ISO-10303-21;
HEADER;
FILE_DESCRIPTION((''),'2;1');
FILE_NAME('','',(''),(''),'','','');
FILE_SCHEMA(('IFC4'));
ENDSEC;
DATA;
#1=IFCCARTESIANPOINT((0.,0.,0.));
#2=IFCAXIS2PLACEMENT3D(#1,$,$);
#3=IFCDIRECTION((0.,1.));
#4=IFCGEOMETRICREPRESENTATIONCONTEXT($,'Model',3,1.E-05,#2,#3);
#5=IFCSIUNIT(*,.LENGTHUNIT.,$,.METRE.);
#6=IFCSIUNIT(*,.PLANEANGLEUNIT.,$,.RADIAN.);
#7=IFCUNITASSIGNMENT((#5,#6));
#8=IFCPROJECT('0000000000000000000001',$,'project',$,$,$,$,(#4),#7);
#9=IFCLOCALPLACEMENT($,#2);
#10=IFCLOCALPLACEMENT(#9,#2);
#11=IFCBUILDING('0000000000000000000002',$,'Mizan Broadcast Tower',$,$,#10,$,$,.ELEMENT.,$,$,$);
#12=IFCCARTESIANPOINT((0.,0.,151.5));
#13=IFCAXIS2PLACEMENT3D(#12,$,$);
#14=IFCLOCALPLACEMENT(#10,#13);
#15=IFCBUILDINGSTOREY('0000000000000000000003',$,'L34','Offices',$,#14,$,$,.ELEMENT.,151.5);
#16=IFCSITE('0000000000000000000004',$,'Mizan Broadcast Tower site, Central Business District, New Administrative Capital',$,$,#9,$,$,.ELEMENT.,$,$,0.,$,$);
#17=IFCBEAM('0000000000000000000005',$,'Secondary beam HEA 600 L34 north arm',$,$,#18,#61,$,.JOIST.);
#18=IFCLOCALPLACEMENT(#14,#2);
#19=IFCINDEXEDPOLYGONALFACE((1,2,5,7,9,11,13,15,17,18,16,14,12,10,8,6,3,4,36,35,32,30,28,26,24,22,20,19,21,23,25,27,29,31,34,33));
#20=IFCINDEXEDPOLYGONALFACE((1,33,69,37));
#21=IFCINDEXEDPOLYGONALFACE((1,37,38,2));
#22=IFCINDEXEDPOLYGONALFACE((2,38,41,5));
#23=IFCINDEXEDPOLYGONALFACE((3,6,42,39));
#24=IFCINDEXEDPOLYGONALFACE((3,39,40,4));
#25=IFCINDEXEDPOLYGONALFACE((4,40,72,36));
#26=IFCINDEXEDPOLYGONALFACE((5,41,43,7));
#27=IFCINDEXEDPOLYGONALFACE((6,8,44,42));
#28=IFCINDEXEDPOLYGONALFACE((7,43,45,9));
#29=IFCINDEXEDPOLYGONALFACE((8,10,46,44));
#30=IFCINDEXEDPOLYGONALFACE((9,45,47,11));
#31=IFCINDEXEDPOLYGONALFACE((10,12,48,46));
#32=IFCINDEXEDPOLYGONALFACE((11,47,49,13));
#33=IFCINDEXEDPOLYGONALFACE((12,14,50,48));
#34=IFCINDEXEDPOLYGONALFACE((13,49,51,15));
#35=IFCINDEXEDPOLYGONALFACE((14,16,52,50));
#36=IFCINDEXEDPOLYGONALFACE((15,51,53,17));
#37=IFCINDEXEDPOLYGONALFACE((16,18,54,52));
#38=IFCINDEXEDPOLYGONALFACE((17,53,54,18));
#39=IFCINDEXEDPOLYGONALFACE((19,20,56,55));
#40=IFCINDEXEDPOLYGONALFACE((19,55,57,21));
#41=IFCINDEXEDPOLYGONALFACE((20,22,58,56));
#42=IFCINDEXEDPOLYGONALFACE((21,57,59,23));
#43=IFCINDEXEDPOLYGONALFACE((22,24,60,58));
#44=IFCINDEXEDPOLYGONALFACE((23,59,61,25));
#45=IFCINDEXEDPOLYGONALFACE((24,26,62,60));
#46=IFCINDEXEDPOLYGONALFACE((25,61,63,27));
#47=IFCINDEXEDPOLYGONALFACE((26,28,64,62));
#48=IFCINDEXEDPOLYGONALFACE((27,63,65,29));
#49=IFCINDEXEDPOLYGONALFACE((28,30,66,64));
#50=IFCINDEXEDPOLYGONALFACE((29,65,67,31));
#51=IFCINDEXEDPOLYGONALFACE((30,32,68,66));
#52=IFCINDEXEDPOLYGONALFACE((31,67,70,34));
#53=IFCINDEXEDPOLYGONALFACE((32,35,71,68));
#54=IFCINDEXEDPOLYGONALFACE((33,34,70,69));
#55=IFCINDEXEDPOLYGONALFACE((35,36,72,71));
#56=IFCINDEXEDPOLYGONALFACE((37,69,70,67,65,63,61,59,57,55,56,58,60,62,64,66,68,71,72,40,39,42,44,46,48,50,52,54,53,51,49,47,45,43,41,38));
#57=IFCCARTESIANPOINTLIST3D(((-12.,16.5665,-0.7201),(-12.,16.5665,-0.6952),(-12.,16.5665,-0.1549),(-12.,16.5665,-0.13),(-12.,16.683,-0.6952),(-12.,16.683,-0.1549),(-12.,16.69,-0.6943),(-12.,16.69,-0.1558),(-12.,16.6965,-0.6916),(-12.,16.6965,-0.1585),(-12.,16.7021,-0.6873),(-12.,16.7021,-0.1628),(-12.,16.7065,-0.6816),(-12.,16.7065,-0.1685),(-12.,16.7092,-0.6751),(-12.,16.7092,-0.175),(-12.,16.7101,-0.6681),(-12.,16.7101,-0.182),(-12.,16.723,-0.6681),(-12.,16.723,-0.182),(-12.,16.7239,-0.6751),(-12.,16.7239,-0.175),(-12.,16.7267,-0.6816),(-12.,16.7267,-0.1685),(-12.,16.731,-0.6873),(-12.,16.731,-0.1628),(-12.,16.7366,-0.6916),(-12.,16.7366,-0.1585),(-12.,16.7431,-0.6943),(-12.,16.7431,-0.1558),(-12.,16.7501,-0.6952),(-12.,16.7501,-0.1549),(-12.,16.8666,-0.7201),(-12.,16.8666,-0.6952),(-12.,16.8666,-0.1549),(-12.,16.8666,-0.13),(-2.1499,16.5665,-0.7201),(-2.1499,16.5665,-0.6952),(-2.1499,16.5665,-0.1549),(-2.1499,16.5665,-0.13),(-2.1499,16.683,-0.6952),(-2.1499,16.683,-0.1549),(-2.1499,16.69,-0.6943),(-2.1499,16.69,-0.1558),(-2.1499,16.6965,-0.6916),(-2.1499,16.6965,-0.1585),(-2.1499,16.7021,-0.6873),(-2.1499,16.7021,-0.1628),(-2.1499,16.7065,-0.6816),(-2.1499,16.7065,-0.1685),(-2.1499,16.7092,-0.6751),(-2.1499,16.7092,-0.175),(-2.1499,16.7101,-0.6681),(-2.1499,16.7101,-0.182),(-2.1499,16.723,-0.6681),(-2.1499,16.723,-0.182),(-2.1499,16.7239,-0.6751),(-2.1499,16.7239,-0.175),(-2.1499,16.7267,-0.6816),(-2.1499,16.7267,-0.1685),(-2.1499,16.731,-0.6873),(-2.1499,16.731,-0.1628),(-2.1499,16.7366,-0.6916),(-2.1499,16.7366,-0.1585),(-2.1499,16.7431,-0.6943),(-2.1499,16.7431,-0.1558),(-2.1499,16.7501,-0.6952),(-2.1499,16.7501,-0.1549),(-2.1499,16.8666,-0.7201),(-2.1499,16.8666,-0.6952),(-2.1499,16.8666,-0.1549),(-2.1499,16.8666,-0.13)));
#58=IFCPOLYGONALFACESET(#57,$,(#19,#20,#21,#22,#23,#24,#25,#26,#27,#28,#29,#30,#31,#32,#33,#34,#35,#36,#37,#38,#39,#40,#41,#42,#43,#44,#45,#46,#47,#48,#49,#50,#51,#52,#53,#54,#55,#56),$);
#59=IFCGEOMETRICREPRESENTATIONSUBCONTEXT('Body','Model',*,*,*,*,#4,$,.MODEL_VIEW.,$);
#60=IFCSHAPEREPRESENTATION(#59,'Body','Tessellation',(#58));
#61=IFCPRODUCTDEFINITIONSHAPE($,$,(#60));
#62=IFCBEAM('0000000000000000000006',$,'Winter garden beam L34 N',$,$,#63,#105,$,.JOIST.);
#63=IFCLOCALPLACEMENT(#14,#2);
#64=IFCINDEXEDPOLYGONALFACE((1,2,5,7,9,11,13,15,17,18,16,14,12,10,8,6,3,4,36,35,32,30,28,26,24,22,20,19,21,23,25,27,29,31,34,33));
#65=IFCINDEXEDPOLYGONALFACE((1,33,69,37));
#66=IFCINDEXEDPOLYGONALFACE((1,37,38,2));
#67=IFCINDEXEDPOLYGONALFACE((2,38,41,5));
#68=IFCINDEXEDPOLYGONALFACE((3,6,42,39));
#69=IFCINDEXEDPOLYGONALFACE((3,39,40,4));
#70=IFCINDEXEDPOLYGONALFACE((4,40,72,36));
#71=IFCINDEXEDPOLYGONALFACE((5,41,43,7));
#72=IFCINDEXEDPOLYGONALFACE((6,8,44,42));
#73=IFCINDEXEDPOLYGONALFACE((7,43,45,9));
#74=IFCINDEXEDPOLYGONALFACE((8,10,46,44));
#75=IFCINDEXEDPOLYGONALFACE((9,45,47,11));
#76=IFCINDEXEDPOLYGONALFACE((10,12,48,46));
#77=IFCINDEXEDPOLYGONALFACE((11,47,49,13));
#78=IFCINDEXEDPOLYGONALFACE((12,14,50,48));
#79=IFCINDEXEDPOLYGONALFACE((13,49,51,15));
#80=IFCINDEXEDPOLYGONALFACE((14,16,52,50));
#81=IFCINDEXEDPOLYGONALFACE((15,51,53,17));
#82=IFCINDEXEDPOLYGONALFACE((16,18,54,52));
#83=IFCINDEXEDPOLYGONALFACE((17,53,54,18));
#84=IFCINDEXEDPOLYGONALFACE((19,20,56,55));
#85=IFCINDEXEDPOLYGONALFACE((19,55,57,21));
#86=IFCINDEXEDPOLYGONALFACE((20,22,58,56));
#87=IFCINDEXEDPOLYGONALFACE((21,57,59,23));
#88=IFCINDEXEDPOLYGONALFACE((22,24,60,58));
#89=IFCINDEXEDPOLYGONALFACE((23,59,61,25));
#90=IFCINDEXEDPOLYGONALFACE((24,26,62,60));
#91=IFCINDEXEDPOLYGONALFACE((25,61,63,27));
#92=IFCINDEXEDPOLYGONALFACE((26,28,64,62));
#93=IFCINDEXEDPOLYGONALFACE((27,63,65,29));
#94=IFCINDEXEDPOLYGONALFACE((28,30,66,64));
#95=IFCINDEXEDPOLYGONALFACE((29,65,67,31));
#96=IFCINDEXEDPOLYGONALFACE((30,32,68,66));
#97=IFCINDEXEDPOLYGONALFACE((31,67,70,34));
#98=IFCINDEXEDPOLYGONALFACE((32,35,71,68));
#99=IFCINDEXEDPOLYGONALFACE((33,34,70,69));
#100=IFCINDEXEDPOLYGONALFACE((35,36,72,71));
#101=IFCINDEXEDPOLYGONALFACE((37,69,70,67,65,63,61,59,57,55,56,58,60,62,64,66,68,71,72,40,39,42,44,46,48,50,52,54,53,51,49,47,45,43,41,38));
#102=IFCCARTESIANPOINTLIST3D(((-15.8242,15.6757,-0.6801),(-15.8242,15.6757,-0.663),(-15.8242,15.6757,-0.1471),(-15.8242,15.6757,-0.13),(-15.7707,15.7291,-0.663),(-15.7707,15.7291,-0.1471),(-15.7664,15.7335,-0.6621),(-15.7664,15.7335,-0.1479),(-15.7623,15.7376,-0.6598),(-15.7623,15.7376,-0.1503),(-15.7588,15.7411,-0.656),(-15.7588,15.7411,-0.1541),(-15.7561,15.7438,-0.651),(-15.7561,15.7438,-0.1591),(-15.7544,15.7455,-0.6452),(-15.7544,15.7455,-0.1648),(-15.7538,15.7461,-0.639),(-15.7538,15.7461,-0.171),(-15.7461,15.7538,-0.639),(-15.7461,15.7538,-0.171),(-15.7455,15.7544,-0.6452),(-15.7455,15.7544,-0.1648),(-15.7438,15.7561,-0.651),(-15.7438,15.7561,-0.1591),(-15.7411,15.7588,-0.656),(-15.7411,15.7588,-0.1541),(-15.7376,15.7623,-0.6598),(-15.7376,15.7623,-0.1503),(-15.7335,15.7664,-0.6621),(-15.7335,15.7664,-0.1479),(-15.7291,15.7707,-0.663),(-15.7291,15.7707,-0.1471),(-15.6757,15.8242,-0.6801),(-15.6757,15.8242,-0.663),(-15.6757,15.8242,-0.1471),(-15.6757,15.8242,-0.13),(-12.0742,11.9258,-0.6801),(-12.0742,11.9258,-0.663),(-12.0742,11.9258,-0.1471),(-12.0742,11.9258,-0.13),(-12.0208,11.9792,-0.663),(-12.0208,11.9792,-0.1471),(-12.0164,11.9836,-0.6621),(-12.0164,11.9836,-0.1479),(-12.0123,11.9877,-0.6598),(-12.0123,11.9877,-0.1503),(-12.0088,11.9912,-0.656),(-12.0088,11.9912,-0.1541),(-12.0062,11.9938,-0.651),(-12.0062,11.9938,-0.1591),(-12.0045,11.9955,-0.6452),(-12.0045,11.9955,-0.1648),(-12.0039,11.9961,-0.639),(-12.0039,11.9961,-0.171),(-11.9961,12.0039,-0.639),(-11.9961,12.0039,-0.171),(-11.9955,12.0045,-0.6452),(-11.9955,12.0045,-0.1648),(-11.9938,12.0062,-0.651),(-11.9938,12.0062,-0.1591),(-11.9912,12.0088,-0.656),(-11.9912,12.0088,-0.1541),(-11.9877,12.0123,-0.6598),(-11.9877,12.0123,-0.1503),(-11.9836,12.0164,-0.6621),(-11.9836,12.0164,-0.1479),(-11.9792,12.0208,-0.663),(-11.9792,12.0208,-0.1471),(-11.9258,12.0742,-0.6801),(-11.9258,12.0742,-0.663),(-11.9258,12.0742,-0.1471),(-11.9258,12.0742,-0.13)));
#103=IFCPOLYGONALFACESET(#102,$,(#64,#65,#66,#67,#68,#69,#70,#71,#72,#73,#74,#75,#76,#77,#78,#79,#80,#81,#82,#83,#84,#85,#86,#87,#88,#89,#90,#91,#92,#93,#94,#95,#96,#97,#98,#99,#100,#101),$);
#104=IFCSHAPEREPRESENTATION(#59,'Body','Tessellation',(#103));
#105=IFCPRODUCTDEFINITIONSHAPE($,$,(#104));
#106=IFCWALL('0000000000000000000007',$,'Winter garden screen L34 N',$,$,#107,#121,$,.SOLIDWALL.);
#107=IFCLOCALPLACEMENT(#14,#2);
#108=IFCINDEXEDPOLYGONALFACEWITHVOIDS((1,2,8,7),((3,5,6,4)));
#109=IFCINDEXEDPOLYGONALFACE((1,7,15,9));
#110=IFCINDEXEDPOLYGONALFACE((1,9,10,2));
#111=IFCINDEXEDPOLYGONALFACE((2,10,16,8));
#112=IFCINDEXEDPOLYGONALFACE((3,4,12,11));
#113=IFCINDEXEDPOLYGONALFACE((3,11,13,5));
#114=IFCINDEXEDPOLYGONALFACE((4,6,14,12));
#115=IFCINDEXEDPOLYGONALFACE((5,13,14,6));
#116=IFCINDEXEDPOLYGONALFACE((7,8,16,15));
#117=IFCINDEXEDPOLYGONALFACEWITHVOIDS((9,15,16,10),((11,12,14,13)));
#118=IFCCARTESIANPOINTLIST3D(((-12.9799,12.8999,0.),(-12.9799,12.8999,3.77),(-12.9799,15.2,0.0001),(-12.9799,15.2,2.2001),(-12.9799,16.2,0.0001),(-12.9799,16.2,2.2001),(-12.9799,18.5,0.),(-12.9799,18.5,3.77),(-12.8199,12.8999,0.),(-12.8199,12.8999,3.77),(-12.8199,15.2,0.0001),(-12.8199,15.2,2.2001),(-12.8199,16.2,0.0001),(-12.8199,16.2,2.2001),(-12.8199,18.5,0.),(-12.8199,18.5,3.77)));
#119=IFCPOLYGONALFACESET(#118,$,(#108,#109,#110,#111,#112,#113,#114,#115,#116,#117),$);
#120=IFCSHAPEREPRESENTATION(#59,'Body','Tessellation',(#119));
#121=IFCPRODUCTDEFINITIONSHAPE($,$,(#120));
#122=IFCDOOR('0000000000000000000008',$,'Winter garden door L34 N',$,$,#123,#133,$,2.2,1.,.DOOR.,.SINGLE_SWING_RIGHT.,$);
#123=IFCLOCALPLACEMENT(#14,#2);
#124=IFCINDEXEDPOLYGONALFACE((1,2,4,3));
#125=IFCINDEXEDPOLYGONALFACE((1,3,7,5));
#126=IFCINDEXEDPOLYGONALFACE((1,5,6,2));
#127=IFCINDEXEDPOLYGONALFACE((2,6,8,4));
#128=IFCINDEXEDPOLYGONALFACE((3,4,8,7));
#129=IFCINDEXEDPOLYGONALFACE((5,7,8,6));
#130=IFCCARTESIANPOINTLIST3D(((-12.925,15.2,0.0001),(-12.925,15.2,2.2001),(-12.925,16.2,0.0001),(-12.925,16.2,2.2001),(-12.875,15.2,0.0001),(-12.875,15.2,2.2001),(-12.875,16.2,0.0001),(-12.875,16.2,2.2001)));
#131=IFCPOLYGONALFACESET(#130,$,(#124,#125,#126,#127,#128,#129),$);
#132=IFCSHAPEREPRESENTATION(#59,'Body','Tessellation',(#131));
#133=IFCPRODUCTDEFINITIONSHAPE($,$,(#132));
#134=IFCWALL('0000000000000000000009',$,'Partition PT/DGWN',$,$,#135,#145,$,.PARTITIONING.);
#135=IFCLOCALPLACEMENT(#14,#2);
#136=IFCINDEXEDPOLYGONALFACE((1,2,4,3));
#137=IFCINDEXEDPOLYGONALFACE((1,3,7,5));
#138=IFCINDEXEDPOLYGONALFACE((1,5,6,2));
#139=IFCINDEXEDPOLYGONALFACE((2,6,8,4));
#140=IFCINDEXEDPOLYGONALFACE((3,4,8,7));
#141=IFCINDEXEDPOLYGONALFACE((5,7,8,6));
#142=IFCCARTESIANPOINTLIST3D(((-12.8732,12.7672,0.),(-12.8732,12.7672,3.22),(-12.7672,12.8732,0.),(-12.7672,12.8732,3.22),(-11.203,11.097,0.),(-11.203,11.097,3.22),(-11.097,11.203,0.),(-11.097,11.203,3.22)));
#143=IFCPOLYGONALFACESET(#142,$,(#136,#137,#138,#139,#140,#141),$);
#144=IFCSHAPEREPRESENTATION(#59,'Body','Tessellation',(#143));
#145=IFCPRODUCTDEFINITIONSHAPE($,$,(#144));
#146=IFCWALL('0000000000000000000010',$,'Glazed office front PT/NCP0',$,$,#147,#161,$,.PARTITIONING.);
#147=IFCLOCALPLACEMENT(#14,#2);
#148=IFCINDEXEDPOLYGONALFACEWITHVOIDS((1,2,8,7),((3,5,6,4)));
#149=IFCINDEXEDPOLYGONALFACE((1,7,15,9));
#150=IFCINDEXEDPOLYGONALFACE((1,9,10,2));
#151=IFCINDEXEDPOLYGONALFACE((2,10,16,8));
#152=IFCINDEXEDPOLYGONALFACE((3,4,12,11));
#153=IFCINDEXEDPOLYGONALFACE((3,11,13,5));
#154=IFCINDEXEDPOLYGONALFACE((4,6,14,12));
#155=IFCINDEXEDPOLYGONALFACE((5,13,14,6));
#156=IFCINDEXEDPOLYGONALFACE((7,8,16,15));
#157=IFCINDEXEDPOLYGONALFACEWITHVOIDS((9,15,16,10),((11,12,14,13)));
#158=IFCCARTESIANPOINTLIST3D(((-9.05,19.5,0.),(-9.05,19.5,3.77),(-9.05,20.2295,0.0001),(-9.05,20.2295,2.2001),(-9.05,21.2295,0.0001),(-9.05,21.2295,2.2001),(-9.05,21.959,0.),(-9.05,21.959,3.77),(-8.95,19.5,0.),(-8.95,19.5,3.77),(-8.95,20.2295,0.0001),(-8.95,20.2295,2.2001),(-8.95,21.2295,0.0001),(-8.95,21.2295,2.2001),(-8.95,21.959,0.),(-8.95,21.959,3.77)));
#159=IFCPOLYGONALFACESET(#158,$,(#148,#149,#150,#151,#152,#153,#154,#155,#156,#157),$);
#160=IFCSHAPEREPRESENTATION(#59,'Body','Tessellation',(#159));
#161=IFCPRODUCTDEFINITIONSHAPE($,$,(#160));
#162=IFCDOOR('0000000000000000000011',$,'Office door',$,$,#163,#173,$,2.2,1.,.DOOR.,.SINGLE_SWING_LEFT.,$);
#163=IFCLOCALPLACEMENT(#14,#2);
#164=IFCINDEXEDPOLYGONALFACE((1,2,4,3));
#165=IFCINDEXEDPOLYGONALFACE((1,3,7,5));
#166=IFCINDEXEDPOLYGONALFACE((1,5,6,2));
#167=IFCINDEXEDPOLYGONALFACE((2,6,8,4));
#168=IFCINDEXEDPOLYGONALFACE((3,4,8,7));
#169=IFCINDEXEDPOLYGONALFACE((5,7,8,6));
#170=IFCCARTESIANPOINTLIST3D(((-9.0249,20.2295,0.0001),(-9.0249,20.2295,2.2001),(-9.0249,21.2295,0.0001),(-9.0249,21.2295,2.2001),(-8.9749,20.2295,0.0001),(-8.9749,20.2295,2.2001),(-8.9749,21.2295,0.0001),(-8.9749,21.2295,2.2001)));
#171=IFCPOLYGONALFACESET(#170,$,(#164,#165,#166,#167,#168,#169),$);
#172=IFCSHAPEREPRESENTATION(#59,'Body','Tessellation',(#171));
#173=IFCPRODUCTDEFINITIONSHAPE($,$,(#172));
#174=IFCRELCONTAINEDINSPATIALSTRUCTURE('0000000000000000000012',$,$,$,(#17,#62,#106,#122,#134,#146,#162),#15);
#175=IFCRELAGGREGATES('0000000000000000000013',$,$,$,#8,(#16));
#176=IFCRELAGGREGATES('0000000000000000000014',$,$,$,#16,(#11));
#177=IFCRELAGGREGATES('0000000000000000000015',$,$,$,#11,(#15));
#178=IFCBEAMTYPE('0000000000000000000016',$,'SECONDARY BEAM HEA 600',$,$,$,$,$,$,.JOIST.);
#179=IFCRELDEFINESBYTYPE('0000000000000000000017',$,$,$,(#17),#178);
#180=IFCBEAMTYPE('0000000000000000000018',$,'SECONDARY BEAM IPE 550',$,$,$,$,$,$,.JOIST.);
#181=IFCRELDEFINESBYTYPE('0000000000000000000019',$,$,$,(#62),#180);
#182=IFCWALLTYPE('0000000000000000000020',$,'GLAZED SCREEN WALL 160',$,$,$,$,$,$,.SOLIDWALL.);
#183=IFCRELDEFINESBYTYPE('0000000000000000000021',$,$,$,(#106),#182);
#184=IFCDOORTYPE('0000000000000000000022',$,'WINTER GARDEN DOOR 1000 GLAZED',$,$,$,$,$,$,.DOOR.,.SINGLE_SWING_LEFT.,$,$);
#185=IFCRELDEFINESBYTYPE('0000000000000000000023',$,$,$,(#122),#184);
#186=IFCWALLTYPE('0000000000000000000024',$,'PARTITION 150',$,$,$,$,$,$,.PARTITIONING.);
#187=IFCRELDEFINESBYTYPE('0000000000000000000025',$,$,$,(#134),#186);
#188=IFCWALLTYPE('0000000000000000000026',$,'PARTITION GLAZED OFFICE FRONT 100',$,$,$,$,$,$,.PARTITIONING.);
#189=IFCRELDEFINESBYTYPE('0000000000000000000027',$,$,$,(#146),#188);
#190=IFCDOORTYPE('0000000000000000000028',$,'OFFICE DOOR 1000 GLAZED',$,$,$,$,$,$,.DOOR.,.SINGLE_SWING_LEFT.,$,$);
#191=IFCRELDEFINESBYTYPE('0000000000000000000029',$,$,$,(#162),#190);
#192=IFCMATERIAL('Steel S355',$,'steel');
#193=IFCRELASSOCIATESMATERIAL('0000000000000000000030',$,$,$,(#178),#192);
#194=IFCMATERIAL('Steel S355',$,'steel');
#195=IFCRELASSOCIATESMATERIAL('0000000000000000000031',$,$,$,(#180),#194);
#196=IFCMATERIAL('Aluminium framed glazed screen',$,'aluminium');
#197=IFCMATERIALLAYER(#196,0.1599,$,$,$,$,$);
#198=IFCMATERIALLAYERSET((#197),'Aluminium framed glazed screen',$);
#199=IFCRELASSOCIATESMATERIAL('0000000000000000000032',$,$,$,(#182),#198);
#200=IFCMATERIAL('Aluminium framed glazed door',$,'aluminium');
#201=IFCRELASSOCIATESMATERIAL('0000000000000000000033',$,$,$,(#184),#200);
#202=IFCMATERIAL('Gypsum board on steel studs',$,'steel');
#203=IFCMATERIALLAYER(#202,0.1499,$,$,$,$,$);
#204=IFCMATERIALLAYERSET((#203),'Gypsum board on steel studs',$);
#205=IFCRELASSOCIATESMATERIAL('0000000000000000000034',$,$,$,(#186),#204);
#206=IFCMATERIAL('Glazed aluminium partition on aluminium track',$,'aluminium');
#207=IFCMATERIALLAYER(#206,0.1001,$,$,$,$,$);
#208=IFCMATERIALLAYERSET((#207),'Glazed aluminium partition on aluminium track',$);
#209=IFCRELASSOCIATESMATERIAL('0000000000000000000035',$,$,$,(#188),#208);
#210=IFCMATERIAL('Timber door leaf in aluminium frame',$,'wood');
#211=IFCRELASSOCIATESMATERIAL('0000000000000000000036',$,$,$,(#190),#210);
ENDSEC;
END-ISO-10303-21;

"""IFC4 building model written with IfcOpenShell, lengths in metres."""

from ifc_helpers import new_model, si_unit, direction, frame, frame_2d, origin, origin_2d, place, context, subcontext, project, spatial, rectangle, i_section, extrude, material, layer, layer_set, material_profile, profile_set, type_object, element, fill, save


model = new_model("IFC4")

# Units and contexts
model_context = context("Model", 3, precision=1e-05, world=origin(), true_north=direction((0.0, 1.0)))
body_context = subcontext(model_context, "Body", "Model", "MODEL_VIEW")
ifc_project = project(units=[si_unit("LENGTHUNIT", "METRE"), si_unit("PLANEANGLEUNIT", "RADIAN")], contexts=[model_context])

# Site, building, storey
site_placement = place(None, origin())
site = spatial("IfcSite", under=ifc_project, at=site_placement, Name="Mizan Broadcast Tower site, Central Business District, New Administrative Capital", CompositionType="ELEMENT", RefElevation=0.0)
building_placement = place(site_placement, origin())
building = spatial("IfcBuilding", under=site, at=building_placement, Name="Mizan Broadcast Tower", CompositionType="ELEMENT")
storey_placement = place(building_placement, frame((0.0, 0.0, 151.5)))
storey = spatial("IfcBuildingStorey", under=building, at=storey_placement, Name="L34", Description="Offices", CompositionType="ELEMENT", Elevation=151.5)

# Beams
ifc_material_1 = material(Name="Steel S355", Category="steel")
ifc_material_profile_1 = material_profile(ifc_material_1, i_section(OverallWidth=0.3, OverallDepth=0.5901, WebThickness=0.0129, FlangeThickness=0.0249, FilletRadius=0.0271, at=origin_2d()), Name="HEA 600")
ifc_profile_set_1 = profile_set([ifc_material_profile_1], Name="Steel S355")
beam_type_1 = type_object("IfcBeamType", Name="SECONDARY BEAM HEA 600", PredefinedType="JOIST", material=ifc_profile_set_1)
for number, where, z_axis, x_axis, name in (
    (1, (-12.0, 16.7166, -0.425), (1.0, 0.0, 0.0), (0.0, 1.0, 0.0), "Secondary beam HEA 600 L34 north arm"),
):
    element("IfcBeam", number, at=place(storey_placement, frame(where, z_axis=z_axis, x_axis=x_axis)), inside=storey, type_object=beam_type_1, Name=name, PredefinedType="JOIST", context=body_context, shape_type="SweptSolid", body=[
        extrude(i_section(OverallWidth=0.3, OverallDepth=0.5901, WebThickness=0.0129, FlangeThickness=0.0249, FilletRadius=0.0271, at=origin_2d()), origin(), (0.0, 0.0, 1.0), 9.8501),
    ])
ifc_material_2 = material(Name="Steel S355", Category="steel")
ifc_material_profile_2 = material_profile(ifc_material_2, i_section(OverallWidth=0.21, OverallDepth=0.55, WebThickness=0.011, FlangeThickness=0.0171, FilletRadius=0.0239, at=origin_2d()), Name="IPE 550")
ifc_profile_set_2 = profile_set([ifc_material_profile_2], Name="Steel S355")
beam_type_2 = type_object("IfcBeamType", Name="SECONDARY BEAM IPE 550", PredefinedType="JOIST", material=ifc_profile_set_2)
beam_1_placement = place(storey_placement, frame((-12.0, 12.0, -0.405), z_axis=(-0.707107, 0.707107, 0.0), x_axis=(-0.707107, -0.707107, 0.0)))
element("IfcBeam", 2, at=beam_1_placement, inside=storey, type_object=beam_type_2, Name="Winter garden beam L34 N", PredefinedType="JOIST", context=body_context, shape_type="SweptSolid", body=[
    extrude(i_section(OverallWidth=0.21, OverallDepth=0.55, WebThickness=0.011, FlangeThickness=0.0171, FilletRadius=0.0239, at=origin_2d()), origin(), (0.0, 0.0, 1.0), 5.3032),
])

# Wall, opening, door
ifc_material_3 = material(Name="Aluminium framed glazed screen", Category="aluminium")
ifc_layer_1 = layer(ifc_material_3, 0.1599)
ifc_layer_set_1 = layer_set([ifc_layer_1], Name="Aluminium framed glazed screen")
wall_type_1 = type_object("IfcWallType", Name="GLAZED SCREEN WALL 160", PredefinedType="SOLIDWALL", material=ifc_layer_set_1)
wall_1_placement = place(storey_placement, frame((-12.8999, 18.5, 0.0), z_axis=(0.0, 0.0, 1.0), x_axis=(0.0, -1.0, 0.0)))
wall_1 = element("IfcWall", 3, at=wall_1_placement, inside=storey, type_object=wall_type_1, Name="Winter garden screen L34 N", PredefinedType="SOLIDWALL", context=body_context, shape_type="SweptSolid", body=[
    extrude(rectangle(XDim=5.6001, YDim=0.1599, at=frame_2d((2.8, 0.0))), origin(), (0.0, 0.0, 1.0), 3.77),
])
opening_1_placement = place(wall_1_placement, frame((2.3, 0.0, 0.0)))
opening_1 = element("IfcOpeningElement", 4, at=opening_1_placement, cuts=wall_1, PredefinedType="OPENING", context=body_context, shape_type="SweptSolid", body=[
    extrude(rectangle(XDim=1.0, YDim=2.2, at=frame_2d((0.5, 1.1001))), frame((0.0, 0.0898, 0.0), z_axis=(0.0, -1.0, 0.0), x_axis=(1.0, 0.0, 0.0)), (0.0, 0.0, 1.0), 0.1799),
])
ifc_material_4 = material(Name="Aluminium framed glazed door", Category="aluminium")
door_type_1 = type_object("IfcDoorType", Name="WINTER GARDEN DOOR 1000 GLAZED", OperationType="SINGLE_SWING_LEFT", PredefinedType="DOOR", material=ifc_material_4)
door_1_placement = place(opening_1_placement, origin())
door_1 = element("IfcDoor", 5, at=door_1_placement, inside=storey, type_object=door_type_1, Name="Winter garden door L34 N", OperationType="SINGLE_SWING_RIGHT", OverallHeight=2.2, OverallWidth=1.0, PredefinedType="DOOR", context=body_context, shape_type="SweptSolid", body=[
    extrude(rectangle(XDim=1.0, YDim=2.2, at=frame_2d((0.5, 1.1001))), frame((0.0, 0.0249, 0.0), z_axis=(0.0, -1.0, 0.0), x_axis=(1.0, 0.0, 0.0)), (0.0, 0.0, 1.0), 0.05),
])
fill(opening_1, door_1)

# Wall
ifc_material_5 = material(Name="Gypsum board on steel studs", Category="steel")
ifc_layer_2 = layer(ifc_material_5, 0.1499)
ifc_layer_set_2 = layer_set([ifc_layer_2], Name="Gypsum board on steel studs")
wall_type_2 = type_object("IfcWallType", Name="PARTITION 150", PredefinedType="PARTITIONING", material=ifc_layer_set_2)
wall_2_placement = place(storey_placement, frame((-11.1499, 11.1499, 0.0), z_axis=(0.0, 0.0, 1.0), x_axis=(-0.707107, 0.707107, 0.0)))
element("IfcWall", 6, at=wall_2_placement, inside=storey, type_object=wall_type_2, Name="Partition PT/DGWN", PredefinedType="PARTITIONING", context=body_context, shape_type="SweptSolid", body=[
    extrude(rectangle(XDim=2.3621, YDim=0.1499, at=frame_2d((1.1812, 0.0))), origin(), (0.0, 0.0, 1.0), 3.22),
])

# Wall, opening, door
ifc_material_6 = material(Name="Glazed aluminium partition on aluminium track", Category="aluminium")
ifc_layer_3 = layer(ifc_material_6, 0.1001)
ifc_layer_set_3 = layer_set([ifc_layer_3], Name="Glazed aluminium partition on aluminium track")
wall_type_3 = type_object("IfcWallType", Name="PARTITION GLAZED OFFICE FRONT 100", PredefinedType="PARTITIONING", material=ifc_layer_set_3)
wall_3_placement = place(storey_placement, frame((-9.0, 19.5, 0.0), z_axis=(0.0, 0.0, 1.0), x_axis=(0.0, 1.0, 0.0)))
wall_3 = element("IfcWall", 7, at=wall_3_placement, inside=storey, type_object=wall_type_3, Name="Glazed office front PT/NCP0", PredefinedType="PARTITIONING", context=body_context, shape_type="SweptSolid", body=[
    extrude(rectangle(XDim=2.459, YDim=0.1001, at=frame_2d((1.2295, 0.0))), origin(), (0.0, 0.0, 1.0), 3.77),
])
opening_2_placement = place(wall_3_placement, frame((0.7295, 0.0, 0.0)))
opening_2 = element("IfcOpeningElement", 8, at=opening_2_placement, cuts=wall_3, PredefinedType="OPENING", context=body_context, shape_type="SweptSolid", body=[
    extrude(rectangle(XDim=1.0, YDim=2.2, at=frame_2d((0.5, 1.1001))), frame((0.0, 0.0601, 0.0), z_axis=(0.0, -1.0, 0.0), x_axis=(1.0, 0.0, 0.0)), (0.0, 0.0, 1.0), 0.1201),
])
ifc_material_7 = material(Name="Timber door leaf in aluminium frame", Category="wood")
door_type_2 = type_object("IfcDoorType", Name="OFFICE DOOR 1000 GLAZED", OperationType="SINGLE_SWING_LEFT", PredefinedType="DOOR", material=ifc_material_7)
door_2_placement = place(opening_2_placement, origin())
door_2 = element("IfcDoor", 9, at=door_2_placement, inside=storey, type_object=door_type_2, Name="Office door", OperationType="SINGLE_SWING_LEFT", OverallHeight=2.2, OverallWidth=1.0, PredefinedType="DOOR", context=body_context, shape_type="SweptSolid", body=[
    extrude(rectangle(XDim=1.0, YDim=2.2, at=frame_2d((0.5, 1.1001))), frame((0.0, 0.0249, 0.0), z_axis=(0.0, -1.0, 0.0), x_axis=(1.0, 0.0, 0.0)), (0.0, 0.0, 1.0), 0.05),
])
fill(opening_2, door_2)

save(model, "model.ifc")
